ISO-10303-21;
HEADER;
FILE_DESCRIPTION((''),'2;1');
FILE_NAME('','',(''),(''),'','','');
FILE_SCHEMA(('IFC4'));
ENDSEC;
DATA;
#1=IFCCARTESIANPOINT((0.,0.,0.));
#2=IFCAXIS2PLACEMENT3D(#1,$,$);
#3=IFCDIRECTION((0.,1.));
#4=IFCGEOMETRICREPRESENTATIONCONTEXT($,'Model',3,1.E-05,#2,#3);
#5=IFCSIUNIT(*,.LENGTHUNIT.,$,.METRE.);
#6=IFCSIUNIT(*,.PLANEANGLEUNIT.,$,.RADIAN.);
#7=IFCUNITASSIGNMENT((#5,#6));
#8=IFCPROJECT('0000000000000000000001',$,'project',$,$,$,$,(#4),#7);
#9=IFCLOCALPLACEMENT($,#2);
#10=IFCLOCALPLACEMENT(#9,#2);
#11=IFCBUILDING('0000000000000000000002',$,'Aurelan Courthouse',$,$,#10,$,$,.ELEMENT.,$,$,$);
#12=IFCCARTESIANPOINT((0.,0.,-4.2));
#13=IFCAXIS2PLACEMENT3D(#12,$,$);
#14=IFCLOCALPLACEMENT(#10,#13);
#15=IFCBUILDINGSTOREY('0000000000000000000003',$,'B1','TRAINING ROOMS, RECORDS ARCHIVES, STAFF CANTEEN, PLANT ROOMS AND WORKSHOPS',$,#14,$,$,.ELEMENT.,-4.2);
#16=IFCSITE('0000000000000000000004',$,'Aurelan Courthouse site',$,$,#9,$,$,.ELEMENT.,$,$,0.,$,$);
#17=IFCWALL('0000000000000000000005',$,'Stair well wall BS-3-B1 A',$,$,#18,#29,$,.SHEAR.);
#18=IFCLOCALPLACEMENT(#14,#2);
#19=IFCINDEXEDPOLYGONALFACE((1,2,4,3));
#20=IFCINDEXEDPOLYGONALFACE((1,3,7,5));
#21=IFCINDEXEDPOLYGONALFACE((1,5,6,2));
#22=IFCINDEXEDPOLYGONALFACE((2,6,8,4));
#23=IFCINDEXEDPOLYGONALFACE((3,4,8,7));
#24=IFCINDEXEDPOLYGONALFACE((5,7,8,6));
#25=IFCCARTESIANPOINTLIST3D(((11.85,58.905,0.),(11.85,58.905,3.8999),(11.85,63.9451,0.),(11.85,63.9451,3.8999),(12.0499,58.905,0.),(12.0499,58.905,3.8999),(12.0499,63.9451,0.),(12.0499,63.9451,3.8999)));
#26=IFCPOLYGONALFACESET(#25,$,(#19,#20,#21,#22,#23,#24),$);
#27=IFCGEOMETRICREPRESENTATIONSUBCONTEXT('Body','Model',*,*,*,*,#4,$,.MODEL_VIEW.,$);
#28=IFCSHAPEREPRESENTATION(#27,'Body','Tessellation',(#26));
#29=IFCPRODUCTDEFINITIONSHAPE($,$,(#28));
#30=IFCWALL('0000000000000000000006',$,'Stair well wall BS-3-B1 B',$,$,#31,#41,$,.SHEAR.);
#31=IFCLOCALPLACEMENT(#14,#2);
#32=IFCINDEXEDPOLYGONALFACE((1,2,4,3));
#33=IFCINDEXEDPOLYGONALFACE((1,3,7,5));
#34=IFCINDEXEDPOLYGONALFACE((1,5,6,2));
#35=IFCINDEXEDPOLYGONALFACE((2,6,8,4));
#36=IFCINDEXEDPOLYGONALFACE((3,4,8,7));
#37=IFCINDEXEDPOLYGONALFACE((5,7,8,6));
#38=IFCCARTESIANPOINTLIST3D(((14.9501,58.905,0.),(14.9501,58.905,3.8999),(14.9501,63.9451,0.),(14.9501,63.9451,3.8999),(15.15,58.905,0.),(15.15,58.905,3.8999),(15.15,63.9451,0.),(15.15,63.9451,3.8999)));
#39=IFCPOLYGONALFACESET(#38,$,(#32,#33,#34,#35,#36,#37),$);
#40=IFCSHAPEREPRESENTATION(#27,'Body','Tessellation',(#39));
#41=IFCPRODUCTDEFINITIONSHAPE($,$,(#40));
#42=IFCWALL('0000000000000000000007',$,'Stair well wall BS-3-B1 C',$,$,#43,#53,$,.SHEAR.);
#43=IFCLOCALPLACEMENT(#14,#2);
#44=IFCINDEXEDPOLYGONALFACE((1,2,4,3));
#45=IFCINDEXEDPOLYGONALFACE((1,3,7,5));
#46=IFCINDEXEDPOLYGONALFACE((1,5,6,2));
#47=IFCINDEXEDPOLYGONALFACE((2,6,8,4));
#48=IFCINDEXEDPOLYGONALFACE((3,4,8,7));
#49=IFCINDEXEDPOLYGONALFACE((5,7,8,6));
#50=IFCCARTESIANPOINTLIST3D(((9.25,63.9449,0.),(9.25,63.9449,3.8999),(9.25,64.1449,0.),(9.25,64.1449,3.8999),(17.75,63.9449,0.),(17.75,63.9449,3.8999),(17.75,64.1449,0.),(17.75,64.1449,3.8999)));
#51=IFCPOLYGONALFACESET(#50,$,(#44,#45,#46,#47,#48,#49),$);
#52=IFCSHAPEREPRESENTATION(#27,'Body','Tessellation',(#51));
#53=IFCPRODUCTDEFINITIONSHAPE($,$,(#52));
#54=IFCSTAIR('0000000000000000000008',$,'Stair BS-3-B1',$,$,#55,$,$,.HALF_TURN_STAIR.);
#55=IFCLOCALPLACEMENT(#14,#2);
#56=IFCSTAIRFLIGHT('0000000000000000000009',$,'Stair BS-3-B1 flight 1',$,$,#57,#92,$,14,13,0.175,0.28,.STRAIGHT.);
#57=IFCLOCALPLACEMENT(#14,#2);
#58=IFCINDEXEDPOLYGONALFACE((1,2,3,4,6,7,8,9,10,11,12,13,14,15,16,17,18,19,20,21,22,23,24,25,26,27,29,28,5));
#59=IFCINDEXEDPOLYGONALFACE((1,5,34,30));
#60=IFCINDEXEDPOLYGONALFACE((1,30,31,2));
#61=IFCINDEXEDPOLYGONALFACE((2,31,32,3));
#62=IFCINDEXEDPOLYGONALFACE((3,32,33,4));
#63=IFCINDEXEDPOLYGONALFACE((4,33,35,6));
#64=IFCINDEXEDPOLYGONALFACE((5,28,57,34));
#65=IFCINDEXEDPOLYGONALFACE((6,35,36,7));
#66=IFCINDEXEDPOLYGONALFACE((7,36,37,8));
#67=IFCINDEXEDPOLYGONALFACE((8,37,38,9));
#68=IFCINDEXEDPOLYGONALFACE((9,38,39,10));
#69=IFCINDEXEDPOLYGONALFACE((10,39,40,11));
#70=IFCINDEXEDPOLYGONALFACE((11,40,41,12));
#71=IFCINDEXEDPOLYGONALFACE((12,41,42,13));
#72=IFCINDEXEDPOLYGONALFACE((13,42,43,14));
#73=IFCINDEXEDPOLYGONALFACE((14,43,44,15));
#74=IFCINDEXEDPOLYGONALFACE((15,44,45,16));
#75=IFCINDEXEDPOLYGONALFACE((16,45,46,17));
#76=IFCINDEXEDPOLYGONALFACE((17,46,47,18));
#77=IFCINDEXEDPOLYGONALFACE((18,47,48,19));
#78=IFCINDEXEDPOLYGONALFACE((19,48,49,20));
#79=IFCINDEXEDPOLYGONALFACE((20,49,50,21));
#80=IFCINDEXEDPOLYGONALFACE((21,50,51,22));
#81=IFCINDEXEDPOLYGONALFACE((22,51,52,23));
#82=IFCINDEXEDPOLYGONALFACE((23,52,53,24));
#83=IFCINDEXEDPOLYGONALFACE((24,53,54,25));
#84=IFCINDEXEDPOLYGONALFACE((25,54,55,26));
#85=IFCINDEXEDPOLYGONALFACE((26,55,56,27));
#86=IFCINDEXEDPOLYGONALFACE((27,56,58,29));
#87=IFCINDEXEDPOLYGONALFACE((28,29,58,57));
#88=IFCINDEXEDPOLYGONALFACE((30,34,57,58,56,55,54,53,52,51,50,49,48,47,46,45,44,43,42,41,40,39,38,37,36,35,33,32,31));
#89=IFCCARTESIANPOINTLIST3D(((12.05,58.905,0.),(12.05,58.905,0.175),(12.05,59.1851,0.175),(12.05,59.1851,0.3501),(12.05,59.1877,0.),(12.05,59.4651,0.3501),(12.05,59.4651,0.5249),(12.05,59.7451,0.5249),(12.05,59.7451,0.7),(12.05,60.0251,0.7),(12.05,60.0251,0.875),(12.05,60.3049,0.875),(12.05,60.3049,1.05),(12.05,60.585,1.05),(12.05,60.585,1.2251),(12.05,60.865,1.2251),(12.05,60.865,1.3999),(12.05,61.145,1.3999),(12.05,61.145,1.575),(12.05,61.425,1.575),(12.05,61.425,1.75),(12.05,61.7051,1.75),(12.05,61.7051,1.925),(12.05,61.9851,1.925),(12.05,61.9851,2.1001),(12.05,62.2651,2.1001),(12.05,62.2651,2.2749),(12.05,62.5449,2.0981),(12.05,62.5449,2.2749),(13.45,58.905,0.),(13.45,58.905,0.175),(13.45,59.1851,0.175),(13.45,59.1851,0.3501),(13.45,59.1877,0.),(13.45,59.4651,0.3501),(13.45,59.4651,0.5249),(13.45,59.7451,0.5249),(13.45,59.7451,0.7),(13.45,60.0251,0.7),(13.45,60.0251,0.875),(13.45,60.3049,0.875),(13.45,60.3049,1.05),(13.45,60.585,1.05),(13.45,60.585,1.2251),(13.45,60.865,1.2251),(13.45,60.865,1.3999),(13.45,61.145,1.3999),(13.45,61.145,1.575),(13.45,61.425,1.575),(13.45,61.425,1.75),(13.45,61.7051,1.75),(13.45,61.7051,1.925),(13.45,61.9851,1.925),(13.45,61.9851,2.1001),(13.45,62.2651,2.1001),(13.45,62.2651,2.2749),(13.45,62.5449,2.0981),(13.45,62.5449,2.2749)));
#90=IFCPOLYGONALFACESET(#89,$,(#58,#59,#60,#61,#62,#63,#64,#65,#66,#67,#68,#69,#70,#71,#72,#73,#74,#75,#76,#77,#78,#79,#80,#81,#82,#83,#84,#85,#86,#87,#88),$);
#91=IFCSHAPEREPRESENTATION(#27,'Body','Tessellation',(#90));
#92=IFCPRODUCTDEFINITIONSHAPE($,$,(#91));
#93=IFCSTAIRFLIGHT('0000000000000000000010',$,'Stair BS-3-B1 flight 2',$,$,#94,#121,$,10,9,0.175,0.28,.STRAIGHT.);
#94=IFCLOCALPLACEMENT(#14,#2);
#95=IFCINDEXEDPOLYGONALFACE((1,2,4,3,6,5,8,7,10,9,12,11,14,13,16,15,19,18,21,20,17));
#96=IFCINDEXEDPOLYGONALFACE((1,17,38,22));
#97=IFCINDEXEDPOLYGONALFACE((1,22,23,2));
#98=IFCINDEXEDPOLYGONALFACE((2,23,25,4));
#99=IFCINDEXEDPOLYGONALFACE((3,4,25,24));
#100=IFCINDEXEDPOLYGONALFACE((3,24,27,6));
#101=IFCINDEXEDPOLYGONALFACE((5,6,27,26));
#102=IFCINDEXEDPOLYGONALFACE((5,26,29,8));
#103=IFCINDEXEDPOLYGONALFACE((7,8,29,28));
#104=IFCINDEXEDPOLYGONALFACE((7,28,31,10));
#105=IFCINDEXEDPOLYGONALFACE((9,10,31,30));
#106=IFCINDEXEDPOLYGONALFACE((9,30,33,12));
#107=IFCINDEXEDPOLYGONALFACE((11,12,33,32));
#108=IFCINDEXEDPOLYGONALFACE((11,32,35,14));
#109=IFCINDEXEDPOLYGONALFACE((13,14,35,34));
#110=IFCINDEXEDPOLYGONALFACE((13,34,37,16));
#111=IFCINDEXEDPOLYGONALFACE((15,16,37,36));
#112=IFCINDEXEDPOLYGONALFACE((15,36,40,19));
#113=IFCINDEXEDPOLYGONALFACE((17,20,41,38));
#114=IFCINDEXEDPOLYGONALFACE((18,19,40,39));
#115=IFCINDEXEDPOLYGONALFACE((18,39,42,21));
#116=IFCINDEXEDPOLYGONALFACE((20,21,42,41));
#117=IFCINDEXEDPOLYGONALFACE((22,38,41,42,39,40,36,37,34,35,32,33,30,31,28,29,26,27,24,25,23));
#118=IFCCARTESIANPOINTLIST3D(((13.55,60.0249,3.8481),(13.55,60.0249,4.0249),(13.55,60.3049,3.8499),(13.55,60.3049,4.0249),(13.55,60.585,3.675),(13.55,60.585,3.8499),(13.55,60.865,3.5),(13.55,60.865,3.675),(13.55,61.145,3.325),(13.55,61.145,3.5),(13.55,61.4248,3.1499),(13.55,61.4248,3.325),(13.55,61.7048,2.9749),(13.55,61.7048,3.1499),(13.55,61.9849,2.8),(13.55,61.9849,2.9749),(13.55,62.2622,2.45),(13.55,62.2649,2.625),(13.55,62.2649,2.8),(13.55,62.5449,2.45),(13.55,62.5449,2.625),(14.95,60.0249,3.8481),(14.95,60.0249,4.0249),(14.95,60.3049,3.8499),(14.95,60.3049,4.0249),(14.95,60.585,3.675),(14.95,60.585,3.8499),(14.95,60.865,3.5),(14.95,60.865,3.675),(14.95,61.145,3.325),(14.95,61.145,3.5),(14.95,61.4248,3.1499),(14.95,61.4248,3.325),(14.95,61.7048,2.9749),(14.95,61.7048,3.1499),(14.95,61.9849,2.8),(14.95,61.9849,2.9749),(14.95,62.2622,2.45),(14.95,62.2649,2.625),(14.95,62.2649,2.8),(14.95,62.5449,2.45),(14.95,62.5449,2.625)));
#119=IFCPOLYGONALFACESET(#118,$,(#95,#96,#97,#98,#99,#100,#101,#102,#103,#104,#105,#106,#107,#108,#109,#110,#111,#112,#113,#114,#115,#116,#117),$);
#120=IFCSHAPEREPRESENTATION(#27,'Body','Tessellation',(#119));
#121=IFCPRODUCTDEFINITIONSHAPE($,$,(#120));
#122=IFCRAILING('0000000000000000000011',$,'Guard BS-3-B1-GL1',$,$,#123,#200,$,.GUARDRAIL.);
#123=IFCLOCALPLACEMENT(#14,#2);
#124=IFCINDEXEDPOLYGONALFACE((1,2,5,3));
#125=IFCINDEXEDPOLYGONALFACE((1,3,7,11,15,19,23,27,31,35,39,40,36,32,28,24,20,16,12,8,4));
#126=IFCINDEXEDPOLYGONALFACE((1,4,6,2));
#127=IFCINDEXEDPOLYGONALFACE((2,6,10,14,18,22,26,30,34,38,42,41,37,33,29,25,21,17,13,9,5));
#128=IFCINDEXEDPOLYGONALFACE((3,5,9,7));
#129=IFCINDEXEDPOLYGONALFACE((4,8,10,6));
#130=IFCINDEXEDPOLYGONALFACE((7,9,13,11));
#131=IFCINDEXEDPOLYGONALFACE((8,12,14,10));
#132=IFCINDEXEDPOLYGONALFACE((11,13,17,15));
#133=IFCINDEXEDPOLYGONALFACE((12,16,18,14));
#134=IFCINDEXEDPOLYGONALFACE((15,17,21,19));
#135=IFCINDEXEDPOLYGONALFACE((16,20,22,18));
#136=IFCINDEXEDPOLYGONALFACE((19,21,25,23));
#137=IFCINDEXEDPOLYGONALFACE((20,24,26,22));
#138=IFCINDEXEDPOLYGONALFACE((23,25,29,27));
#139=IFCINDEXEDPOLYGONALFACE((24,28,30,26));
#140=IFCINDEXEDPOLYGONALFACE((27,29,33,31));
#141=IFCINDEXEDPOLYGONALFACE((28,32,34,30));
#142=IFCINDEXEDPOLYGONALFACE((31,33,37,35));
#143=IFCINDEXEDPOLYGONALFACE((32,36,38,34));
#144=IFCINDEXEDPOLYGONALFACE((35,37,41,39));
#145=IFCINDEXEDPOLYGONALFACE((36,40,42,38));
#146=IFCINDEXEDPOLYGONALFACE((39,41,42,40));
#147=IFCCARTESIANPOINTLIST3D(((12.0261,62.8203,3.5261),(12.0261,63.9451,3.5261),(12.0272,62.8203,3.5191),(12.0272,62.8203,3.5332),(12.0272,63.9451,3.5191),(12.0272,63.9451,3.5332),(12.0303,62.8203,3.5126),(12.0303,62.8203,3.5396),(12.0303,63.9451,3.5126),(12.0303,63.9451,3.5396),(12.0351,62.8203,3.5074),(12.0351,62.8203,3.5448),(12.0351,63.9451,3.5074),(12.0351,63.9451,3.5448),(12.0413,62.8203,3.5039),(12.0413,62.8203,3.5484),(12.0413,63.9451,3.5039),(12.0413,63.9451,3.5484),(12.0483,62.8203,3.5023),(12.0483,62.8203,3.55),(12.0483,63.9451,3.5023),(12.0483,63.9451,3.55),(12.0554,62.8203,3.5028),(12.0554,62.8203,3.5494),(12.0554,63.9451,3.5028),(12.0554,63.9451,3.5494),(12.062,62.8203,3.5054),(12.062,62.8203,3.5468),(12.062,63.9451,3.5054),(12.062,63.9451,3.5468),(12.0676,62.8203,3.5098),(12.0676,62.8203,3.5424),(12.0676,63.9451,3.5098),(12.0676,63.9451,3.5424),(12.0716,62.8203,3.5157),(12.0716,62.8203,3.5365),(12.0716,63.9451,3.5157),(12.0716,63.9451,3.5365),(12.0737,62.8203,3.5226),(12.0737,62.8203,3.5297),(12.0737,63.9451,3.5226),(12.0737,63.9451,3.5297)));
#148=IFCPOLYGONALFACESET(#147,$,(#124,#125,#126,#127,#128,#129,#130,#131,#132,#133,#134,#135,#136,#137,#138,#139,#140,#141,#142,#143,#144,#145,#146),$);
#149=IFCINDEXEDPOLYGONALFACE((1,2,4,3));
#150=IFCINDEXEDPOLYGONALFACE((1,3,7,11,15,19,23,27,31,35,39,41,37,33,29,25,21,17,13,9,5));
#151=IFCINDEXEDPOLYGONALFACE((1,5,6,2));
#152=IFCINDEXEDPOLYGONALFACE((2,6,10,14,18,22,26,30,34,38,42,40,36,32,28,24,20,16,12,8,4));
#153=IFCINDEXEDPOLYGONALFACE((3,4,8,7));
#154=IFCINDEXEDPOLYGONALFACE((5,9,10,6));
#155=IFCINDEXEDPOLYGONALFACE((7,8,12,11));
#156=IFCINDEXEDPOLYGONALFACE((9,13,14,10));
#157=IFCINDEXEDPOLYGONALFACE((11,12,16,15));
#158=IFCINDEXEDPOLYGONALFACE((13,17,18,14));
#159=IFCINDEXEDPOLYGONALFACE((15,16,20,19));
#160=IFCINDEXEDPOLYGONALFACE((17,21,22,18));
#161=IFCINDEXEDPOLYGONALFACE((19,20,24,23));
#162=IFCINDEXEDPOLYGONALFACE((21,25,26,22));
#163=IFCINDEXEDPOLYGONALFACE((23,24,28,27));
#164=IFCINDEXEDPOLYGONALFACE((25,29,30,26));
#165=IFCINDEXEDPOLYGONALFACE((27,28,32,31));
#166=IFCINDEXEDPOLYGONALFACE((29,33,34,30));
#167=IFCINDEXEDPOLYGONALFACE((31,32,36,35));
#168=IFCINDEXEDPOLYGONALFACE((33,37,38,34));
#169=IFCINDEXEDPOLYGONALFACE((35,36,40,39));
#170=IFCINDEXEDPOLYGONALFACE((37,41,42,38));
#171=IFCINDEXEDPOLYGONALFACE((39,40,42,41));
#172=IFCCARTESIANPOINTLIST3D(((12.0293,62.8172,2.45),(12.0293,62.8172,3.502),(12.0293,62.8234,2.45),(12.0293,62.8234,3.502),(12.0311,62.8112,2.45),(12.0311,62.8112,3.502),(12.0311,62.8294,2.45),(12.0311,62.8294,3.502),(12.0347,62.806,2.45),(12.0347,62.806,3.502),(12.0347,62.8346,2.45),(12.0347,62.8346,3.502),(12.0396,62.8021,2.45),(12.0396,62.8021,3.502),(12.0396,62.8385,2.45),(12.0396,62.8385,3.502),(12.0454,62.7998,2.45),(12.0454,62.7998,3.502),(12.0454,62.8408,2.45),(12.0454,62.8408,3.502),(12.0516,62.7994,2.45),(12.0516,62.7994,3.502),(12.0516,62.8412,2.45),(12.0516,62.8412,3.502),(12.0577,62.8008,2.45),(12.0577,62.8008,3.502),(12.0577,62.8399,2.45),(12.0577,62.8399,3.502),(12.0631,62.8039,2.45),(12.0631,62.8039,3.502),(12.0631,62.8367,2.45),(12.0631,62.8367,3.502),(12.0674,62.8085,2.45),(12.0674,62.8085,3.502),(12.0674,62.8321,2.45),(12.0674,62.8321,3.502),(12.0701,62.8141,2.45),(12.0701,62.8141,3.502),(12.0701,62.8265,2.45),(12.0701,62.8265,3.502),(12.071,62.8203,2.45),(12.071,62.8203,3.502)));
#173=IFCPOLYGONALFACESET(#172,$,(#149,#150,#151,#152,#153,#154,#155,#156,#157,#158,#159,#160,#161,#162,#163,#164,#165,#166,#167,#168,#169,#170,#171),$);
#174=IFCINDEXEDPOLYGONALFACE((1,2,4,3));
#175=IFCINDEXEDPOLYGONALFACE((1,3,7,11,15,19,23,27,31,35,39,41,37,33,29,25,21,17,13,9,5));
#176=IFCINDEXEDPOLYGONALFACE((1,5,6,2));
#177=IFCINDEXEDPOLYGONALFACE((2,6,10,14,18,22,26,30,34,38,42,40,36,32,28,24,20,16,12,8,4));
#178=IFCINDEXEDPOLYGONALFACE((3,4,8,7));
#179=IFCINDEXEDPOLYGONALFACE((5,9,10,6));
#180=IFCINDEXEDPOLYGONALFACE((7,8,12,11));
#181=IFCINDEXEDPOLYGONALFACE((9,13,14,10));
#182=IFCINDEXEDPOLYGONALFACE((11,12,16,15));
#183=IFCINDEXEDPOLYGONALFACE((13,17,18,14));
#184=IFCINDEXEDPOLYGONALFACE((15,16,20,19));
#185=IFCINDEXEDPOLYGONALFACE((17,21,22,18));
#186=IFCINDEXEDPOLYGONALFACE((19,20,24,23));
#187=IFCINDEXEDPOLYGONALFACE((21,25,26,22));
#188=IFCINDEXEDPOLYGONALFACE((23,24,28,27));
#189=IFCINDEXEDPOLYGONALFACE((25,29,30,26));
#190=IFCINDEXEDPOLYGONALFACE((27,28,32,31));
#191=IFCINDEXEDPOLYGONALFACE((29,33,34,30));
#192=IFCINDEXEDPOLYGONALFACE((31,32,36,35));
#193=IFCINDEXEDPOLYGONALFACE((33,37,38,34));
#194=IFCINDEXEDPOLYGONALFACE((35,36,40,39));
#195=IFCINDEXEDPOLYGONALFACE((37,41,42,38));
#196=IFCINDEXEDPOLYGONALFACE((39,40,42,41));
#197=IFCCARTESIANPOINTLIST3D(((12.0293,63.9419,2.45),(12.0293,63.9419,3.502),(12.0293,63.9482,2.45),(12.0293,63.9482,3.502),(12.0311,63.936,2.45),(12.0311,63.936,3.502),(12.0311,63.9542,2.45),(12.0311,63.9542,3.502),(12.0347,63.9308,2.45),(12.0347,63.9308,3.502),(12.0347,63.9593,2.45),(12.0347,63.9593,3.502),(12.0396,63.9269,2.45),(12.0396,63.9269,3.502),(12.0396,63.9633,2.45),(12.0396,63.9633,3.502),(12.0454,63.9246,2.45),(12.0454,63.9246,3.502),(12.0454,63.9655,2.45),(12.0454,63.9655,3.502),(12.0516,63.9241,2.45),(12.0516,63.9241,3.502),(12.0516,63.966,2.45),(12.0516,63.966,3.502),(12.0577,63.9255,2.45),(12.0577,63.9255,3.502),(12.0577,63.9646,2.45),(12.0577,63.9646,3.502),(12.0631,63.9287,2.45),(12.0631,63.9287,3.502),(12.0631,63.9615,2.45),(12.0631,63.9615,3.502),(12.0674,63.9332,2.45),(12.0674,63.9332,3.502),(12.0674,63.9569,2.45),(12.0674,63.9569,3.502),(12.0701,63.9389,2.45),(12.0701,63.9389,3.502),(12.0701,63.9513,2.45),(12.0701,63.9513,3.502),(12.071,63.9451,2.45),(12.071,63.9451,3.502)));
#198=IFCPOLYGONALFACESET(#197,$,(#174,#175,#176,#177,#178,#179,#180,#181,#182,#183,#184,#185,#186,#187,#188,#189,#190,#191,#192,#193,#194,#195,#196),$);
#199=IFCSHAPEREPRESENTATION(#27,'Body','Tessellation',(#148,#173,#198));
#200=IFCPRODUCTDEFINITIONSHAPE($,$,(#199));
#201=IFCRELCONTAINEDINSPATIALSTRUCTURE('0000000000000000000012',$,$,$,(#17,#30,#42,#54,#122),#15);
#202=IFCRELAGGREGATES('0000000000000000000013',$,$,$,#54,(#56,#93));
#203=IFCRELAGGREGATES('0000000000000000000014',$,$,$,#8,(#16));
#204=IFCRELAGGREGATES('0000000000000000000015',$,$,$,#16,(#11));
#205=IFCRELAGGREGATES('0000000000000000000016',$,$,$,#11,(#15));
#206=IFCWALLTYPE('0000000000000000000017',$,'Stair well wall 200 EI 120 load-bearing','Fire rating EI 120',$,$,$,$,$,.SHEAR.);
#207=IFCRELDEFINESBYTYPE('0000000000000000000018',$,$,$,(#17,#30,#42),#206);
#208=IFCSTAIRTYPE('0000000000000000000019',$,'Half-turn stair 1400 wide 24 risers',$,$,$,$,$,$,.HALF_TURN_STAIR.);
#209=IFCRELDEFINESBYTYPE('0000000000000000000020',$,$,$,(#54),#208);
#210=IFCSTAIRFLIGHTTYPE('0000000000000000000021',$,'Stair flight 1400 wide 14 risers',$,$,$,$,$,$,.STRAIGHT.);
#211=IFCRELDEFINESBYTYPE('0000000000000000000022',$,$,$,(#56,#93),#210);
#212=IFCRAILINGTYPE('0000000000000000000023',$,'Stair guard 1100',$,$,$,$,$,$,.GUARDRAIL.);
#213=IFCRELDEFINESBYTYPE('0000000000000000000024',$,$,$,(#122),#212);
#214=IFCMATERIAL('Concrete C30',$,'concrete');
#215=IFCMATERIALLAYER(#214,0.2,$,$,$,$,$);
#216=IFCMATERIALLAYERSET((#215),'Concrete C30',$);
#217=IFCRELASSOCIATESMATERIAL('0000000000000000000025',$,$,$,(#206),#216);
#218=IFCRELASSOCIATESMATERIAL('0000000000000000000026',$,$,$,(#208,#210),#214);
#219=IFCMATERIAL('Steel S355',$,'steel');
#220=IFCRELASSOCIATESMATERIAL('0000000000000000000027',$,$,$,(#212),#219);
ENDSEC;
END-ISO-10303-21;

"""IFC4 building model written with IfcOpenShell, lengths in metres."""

from ifc_helpers import new_model, si_unit, direction, frame, frame_2d, origin, origin_2d, place, context, subcontext, project, spatial, polyline, rectangle, circle, outline, extrude, material, layer, layer_set, type_object, element, aggregate, save


model = new_model("IFC4")

# Units and contexts
model_context = context("Model", 3, precision=1e-05, world=origin(), true_north=direction((0.0, 1.0)))
body_context = subcontext(model_context, "Body", "Model", "MODEL_VIEW")
ifc_project = project(units=[si_unit("LENGTHUNIT", "METRE"), si_unit("PLANEANGLEUNIT", "RADIAN")], contexts=[model_context])

# Site, building, storey
site_placement = place(None, origin())
site = spatial("IfcSite", under=ifc_project, at=site_placement, Name="Aurelan Courthouse site", CompositionType="ELEMENT", RefElevation=0.0)
building_placement = place(site_placement, origin())
building = spatial("IfcBuilding", under=site, at=building_placement, Name="Aurelan Courthouse", CompositionType="ELEMENT")
storey_placement = place(building_placement, frame((0.0, 0.0, -4.2)))
storey = spatial("IfcBuildingStorey", under=building, at=storey_placement, Name="B1", Description="TRAINING ROOMS, RECORDS ARCHIVES, STAFF CANTEEN, PLANT ROOMS AND WORKSHOPS", CompositionType="ELEMENT", Elevation=-4.2)

# Shared definitions
ifc_material_1 = material(Name="Concrete C30", Category="concrete")

# Walls
ifc_layer_1 = layer(ifc_material_1, 0.2)
ifc_layer_set_1 = layer_set([ifc_layer_1], Name="Concrete C30")
wall_type_1 = type_object("IfcWallType", Name="Stair well wall 200 EI 120 load-bearing", Description="Fire rating EI 120", PredefinedType="SHEAR", material=ifc_layer_set_1)
for number, where, z_axis, x_axis, name in (
    (1, (11.95, 58.905, 0.0), (0.0, 0.0, 1.0), (0.0, 1.0, 0.0), "Stair well wall BS-3-B1 A"),
    (2, (15.05, 58.905, 0.0), (0.0, 0.0, 1.0), (0.0, 1.0, 0.0), "Stair well wall BS-3-B1 B"),
):
    element("IfcWall", number, at=place(storey_placement, frame(where, z_axis=z_axis, x_axis=x_axis)), inside=storey, type_object=wall_type_1, Name=name, PredefinedType="SHEAR", context=body_context, shape_type="SweptSolid", body=[
        extrude(rectangle(XDim=5.04, YDim=0.2, at=frame_2d((2.52, 0.0))), origin(), (0.0, 0.0, 1.0), 3.8999),
    ])
wall_1_placement = place(storey_placement, frame((9.25, 64.0449, 0.0), z_axis=(0.0, 0.0, 1.0), x_axis=(1.0, 0.0, 0.0)))
element("IfcWall", 3, at=wall_1_placement, inside=storey, type_object=wall_type_1, Name="Stair well wall BS-3-B1 C", PredefinedType="SHEAR", context=body_context, shape_type="SweptSolid", body=[
    extrude(rectangle(XDim=8.5, YDim=0.2, at=frame_2d((4.25, 0.0))), origin(), (0.0, 0.0, 1.0), 3.8999),
])

# Stair, stair flights
stair_type = type_object("IfcStairType", Name="Half-turn stair 1400 wide 24 risers", PredefinedType="HALF_TURN_STAIR", material=ifc_material_1)
stair_placement = place(storey_placement, origin())
stair = element("IfcStair", 4, at=stair_placement, inside=storey, type_object=stair_type, Name="Stair BS-3-B1", PredefinedType="HALF_TURN_STAIR")
stair_flight_type = type_object("IfcStairFlightType", Name="Stair flight 1400 wide 14 risers", PredefinedType="STRAIGHT", material=ifc_material_1)
stair_flight_1_placement = place(storey_placement, frame((12.75, 58.905, 0.0), z_axis=(0.0, 0.0, 1.0), x_axis=(0.0, 1.0, 0.0)))
stair_flight_1 = element("IfcStairFlight", 5, at=stair_flight_1_placement, type_object=stair_flight_type, Name="Stair BS-3-B1 flight 1", NumberOfRisers=14, NumberOfTreads=13, PredefinedType="STRAIGHT", RiserHeight=0.175, TreadLength=0.28, context=body_context, shape_type="SweptSolid", body=[
    extrude(outline(polyline([(0.0, 0.0), (0.0, 0.175), (0.28, 0.175), (0.28, 0.3501), (0.5601, 0.3501), (0.5601, 0.5249), (0.8401, 0.5249), (0.8401, 0.7), (1.1201, 0.7), (1.1201, 0.875), (1.3999, 0.875), (1.3999, 1.05), (1.6799, 1.05), (1.6799, 1.2251), (1.96, 1.2251), (1.96, 1.3999), (2.24, 1.3999), (2.24, 1.575), (2.52, 1.575), (2.52, 1.75), (2.8, 1.75), (2.8, 1.925), (3.0801, 1.925), (3.0801, 2.1001), (3.3601, 2.1001), (3.3601, 2.2749), (3.6399, 2.2749), (3.6399, 2.45), (3.6399, 2.0981), (0.2827, 0.0), (0.0, 0.0)])), frame((0.0, 0.7, 0.0), z_axis=(0.0, -1.0, 0.0), x_axis=(1.0, 0.0, 0.0)), (0.0, 0.0, 1.0), 1.3999),
])
stair_flight_2_placement = place(storey_placement, frame((14.25, 62.5449, 2.45), z_axis=(0.0, 0.0, 1.0), x_axis=(0.0, -1.0, 0.0)))
stair_flight_2 = element("IfcStairFlight", 6, at=stair_flight_2_placement, type_object=stair_flight_type, Name="Stair BS-3-B1 flight 2", NumberOfRisers=10, NumberOfTreads=9, PredefinedType="STRAIGHT", RiserHeight=0.175, TreadLength=0.28, context=body_context, shape_type="SweptSolid", body=[
    extrude(outline(polyline([(0.0, 0.0), (0.0, 0.175), (0.28, 0.175), (0.28, 0.3501), (0.5601, 0.3501), (0.5601, 0.5249), (0.8401, 0.5249), (0.8401, 0.7), (1.1201, 0.7), (1.1201, 0.875), (1.3999, 0.875), (1.3999, 1.05), (1.6799, 1.05), (1.6799, 1.2251), (1.96, 1.2251), (1.96, 1.3999), (2.24, 1.3999), (2.24, 1.575), (2.52, 1.575), (2.52, 1.75), (2.52, 1.3982), (0.2827, 0.0), (0.0, 0.0)])), frame((0.0, 0.7, 0.0), z_axis=(0.0, -1.0, 0.0), x_axis=(1.0, 0.0, 0.0)), (0.0, 0.0, 1.0), 1.3999),
])
aggregate(stair, [stair_flight_1, stair_flight_2])

# Railing
ifc_material_2 = material(Name="Steel S355", Category="steel")
railing_type_1 = type_object("IfcRailingType", Name="Stair guard 1100", PredefinedType="GUARDRAIL", material=ifc_material_2)
railing_1_placement = place(storey_placement, frame((12.05, 62.8203, 2.45)))
element("IfcRailing", 7, at=railing_1_placement, inside=storey, type_object=railing_type_1, Name="Guard BS-3-B1-GL1", PredefinedType="GUARDRAIL", context=body_context, shape_type="SweptSolid", body=[
    extrude(circle(Radius=0.0239, at=origin_2d()), frame((0.0, 0.0, 1.0762), z_axis=(0.0, 1.0, 0.0), x_axis=(-1.0, 0.0, 0.0)), (0.0, 0.0, 1.0), 1.1248),
    extrude(circle(Radius=0.021, at=origin_2d()), origin(), (0.0, 0.0, 1.0), 1.052),
    extrude(circle(Radius=0.021, at=origin_2d()), frame((0.0, 1.1248, 0.0)), (0.0, 0.0, 1.0), 1.052),
])

save(model, "model.ifc")
